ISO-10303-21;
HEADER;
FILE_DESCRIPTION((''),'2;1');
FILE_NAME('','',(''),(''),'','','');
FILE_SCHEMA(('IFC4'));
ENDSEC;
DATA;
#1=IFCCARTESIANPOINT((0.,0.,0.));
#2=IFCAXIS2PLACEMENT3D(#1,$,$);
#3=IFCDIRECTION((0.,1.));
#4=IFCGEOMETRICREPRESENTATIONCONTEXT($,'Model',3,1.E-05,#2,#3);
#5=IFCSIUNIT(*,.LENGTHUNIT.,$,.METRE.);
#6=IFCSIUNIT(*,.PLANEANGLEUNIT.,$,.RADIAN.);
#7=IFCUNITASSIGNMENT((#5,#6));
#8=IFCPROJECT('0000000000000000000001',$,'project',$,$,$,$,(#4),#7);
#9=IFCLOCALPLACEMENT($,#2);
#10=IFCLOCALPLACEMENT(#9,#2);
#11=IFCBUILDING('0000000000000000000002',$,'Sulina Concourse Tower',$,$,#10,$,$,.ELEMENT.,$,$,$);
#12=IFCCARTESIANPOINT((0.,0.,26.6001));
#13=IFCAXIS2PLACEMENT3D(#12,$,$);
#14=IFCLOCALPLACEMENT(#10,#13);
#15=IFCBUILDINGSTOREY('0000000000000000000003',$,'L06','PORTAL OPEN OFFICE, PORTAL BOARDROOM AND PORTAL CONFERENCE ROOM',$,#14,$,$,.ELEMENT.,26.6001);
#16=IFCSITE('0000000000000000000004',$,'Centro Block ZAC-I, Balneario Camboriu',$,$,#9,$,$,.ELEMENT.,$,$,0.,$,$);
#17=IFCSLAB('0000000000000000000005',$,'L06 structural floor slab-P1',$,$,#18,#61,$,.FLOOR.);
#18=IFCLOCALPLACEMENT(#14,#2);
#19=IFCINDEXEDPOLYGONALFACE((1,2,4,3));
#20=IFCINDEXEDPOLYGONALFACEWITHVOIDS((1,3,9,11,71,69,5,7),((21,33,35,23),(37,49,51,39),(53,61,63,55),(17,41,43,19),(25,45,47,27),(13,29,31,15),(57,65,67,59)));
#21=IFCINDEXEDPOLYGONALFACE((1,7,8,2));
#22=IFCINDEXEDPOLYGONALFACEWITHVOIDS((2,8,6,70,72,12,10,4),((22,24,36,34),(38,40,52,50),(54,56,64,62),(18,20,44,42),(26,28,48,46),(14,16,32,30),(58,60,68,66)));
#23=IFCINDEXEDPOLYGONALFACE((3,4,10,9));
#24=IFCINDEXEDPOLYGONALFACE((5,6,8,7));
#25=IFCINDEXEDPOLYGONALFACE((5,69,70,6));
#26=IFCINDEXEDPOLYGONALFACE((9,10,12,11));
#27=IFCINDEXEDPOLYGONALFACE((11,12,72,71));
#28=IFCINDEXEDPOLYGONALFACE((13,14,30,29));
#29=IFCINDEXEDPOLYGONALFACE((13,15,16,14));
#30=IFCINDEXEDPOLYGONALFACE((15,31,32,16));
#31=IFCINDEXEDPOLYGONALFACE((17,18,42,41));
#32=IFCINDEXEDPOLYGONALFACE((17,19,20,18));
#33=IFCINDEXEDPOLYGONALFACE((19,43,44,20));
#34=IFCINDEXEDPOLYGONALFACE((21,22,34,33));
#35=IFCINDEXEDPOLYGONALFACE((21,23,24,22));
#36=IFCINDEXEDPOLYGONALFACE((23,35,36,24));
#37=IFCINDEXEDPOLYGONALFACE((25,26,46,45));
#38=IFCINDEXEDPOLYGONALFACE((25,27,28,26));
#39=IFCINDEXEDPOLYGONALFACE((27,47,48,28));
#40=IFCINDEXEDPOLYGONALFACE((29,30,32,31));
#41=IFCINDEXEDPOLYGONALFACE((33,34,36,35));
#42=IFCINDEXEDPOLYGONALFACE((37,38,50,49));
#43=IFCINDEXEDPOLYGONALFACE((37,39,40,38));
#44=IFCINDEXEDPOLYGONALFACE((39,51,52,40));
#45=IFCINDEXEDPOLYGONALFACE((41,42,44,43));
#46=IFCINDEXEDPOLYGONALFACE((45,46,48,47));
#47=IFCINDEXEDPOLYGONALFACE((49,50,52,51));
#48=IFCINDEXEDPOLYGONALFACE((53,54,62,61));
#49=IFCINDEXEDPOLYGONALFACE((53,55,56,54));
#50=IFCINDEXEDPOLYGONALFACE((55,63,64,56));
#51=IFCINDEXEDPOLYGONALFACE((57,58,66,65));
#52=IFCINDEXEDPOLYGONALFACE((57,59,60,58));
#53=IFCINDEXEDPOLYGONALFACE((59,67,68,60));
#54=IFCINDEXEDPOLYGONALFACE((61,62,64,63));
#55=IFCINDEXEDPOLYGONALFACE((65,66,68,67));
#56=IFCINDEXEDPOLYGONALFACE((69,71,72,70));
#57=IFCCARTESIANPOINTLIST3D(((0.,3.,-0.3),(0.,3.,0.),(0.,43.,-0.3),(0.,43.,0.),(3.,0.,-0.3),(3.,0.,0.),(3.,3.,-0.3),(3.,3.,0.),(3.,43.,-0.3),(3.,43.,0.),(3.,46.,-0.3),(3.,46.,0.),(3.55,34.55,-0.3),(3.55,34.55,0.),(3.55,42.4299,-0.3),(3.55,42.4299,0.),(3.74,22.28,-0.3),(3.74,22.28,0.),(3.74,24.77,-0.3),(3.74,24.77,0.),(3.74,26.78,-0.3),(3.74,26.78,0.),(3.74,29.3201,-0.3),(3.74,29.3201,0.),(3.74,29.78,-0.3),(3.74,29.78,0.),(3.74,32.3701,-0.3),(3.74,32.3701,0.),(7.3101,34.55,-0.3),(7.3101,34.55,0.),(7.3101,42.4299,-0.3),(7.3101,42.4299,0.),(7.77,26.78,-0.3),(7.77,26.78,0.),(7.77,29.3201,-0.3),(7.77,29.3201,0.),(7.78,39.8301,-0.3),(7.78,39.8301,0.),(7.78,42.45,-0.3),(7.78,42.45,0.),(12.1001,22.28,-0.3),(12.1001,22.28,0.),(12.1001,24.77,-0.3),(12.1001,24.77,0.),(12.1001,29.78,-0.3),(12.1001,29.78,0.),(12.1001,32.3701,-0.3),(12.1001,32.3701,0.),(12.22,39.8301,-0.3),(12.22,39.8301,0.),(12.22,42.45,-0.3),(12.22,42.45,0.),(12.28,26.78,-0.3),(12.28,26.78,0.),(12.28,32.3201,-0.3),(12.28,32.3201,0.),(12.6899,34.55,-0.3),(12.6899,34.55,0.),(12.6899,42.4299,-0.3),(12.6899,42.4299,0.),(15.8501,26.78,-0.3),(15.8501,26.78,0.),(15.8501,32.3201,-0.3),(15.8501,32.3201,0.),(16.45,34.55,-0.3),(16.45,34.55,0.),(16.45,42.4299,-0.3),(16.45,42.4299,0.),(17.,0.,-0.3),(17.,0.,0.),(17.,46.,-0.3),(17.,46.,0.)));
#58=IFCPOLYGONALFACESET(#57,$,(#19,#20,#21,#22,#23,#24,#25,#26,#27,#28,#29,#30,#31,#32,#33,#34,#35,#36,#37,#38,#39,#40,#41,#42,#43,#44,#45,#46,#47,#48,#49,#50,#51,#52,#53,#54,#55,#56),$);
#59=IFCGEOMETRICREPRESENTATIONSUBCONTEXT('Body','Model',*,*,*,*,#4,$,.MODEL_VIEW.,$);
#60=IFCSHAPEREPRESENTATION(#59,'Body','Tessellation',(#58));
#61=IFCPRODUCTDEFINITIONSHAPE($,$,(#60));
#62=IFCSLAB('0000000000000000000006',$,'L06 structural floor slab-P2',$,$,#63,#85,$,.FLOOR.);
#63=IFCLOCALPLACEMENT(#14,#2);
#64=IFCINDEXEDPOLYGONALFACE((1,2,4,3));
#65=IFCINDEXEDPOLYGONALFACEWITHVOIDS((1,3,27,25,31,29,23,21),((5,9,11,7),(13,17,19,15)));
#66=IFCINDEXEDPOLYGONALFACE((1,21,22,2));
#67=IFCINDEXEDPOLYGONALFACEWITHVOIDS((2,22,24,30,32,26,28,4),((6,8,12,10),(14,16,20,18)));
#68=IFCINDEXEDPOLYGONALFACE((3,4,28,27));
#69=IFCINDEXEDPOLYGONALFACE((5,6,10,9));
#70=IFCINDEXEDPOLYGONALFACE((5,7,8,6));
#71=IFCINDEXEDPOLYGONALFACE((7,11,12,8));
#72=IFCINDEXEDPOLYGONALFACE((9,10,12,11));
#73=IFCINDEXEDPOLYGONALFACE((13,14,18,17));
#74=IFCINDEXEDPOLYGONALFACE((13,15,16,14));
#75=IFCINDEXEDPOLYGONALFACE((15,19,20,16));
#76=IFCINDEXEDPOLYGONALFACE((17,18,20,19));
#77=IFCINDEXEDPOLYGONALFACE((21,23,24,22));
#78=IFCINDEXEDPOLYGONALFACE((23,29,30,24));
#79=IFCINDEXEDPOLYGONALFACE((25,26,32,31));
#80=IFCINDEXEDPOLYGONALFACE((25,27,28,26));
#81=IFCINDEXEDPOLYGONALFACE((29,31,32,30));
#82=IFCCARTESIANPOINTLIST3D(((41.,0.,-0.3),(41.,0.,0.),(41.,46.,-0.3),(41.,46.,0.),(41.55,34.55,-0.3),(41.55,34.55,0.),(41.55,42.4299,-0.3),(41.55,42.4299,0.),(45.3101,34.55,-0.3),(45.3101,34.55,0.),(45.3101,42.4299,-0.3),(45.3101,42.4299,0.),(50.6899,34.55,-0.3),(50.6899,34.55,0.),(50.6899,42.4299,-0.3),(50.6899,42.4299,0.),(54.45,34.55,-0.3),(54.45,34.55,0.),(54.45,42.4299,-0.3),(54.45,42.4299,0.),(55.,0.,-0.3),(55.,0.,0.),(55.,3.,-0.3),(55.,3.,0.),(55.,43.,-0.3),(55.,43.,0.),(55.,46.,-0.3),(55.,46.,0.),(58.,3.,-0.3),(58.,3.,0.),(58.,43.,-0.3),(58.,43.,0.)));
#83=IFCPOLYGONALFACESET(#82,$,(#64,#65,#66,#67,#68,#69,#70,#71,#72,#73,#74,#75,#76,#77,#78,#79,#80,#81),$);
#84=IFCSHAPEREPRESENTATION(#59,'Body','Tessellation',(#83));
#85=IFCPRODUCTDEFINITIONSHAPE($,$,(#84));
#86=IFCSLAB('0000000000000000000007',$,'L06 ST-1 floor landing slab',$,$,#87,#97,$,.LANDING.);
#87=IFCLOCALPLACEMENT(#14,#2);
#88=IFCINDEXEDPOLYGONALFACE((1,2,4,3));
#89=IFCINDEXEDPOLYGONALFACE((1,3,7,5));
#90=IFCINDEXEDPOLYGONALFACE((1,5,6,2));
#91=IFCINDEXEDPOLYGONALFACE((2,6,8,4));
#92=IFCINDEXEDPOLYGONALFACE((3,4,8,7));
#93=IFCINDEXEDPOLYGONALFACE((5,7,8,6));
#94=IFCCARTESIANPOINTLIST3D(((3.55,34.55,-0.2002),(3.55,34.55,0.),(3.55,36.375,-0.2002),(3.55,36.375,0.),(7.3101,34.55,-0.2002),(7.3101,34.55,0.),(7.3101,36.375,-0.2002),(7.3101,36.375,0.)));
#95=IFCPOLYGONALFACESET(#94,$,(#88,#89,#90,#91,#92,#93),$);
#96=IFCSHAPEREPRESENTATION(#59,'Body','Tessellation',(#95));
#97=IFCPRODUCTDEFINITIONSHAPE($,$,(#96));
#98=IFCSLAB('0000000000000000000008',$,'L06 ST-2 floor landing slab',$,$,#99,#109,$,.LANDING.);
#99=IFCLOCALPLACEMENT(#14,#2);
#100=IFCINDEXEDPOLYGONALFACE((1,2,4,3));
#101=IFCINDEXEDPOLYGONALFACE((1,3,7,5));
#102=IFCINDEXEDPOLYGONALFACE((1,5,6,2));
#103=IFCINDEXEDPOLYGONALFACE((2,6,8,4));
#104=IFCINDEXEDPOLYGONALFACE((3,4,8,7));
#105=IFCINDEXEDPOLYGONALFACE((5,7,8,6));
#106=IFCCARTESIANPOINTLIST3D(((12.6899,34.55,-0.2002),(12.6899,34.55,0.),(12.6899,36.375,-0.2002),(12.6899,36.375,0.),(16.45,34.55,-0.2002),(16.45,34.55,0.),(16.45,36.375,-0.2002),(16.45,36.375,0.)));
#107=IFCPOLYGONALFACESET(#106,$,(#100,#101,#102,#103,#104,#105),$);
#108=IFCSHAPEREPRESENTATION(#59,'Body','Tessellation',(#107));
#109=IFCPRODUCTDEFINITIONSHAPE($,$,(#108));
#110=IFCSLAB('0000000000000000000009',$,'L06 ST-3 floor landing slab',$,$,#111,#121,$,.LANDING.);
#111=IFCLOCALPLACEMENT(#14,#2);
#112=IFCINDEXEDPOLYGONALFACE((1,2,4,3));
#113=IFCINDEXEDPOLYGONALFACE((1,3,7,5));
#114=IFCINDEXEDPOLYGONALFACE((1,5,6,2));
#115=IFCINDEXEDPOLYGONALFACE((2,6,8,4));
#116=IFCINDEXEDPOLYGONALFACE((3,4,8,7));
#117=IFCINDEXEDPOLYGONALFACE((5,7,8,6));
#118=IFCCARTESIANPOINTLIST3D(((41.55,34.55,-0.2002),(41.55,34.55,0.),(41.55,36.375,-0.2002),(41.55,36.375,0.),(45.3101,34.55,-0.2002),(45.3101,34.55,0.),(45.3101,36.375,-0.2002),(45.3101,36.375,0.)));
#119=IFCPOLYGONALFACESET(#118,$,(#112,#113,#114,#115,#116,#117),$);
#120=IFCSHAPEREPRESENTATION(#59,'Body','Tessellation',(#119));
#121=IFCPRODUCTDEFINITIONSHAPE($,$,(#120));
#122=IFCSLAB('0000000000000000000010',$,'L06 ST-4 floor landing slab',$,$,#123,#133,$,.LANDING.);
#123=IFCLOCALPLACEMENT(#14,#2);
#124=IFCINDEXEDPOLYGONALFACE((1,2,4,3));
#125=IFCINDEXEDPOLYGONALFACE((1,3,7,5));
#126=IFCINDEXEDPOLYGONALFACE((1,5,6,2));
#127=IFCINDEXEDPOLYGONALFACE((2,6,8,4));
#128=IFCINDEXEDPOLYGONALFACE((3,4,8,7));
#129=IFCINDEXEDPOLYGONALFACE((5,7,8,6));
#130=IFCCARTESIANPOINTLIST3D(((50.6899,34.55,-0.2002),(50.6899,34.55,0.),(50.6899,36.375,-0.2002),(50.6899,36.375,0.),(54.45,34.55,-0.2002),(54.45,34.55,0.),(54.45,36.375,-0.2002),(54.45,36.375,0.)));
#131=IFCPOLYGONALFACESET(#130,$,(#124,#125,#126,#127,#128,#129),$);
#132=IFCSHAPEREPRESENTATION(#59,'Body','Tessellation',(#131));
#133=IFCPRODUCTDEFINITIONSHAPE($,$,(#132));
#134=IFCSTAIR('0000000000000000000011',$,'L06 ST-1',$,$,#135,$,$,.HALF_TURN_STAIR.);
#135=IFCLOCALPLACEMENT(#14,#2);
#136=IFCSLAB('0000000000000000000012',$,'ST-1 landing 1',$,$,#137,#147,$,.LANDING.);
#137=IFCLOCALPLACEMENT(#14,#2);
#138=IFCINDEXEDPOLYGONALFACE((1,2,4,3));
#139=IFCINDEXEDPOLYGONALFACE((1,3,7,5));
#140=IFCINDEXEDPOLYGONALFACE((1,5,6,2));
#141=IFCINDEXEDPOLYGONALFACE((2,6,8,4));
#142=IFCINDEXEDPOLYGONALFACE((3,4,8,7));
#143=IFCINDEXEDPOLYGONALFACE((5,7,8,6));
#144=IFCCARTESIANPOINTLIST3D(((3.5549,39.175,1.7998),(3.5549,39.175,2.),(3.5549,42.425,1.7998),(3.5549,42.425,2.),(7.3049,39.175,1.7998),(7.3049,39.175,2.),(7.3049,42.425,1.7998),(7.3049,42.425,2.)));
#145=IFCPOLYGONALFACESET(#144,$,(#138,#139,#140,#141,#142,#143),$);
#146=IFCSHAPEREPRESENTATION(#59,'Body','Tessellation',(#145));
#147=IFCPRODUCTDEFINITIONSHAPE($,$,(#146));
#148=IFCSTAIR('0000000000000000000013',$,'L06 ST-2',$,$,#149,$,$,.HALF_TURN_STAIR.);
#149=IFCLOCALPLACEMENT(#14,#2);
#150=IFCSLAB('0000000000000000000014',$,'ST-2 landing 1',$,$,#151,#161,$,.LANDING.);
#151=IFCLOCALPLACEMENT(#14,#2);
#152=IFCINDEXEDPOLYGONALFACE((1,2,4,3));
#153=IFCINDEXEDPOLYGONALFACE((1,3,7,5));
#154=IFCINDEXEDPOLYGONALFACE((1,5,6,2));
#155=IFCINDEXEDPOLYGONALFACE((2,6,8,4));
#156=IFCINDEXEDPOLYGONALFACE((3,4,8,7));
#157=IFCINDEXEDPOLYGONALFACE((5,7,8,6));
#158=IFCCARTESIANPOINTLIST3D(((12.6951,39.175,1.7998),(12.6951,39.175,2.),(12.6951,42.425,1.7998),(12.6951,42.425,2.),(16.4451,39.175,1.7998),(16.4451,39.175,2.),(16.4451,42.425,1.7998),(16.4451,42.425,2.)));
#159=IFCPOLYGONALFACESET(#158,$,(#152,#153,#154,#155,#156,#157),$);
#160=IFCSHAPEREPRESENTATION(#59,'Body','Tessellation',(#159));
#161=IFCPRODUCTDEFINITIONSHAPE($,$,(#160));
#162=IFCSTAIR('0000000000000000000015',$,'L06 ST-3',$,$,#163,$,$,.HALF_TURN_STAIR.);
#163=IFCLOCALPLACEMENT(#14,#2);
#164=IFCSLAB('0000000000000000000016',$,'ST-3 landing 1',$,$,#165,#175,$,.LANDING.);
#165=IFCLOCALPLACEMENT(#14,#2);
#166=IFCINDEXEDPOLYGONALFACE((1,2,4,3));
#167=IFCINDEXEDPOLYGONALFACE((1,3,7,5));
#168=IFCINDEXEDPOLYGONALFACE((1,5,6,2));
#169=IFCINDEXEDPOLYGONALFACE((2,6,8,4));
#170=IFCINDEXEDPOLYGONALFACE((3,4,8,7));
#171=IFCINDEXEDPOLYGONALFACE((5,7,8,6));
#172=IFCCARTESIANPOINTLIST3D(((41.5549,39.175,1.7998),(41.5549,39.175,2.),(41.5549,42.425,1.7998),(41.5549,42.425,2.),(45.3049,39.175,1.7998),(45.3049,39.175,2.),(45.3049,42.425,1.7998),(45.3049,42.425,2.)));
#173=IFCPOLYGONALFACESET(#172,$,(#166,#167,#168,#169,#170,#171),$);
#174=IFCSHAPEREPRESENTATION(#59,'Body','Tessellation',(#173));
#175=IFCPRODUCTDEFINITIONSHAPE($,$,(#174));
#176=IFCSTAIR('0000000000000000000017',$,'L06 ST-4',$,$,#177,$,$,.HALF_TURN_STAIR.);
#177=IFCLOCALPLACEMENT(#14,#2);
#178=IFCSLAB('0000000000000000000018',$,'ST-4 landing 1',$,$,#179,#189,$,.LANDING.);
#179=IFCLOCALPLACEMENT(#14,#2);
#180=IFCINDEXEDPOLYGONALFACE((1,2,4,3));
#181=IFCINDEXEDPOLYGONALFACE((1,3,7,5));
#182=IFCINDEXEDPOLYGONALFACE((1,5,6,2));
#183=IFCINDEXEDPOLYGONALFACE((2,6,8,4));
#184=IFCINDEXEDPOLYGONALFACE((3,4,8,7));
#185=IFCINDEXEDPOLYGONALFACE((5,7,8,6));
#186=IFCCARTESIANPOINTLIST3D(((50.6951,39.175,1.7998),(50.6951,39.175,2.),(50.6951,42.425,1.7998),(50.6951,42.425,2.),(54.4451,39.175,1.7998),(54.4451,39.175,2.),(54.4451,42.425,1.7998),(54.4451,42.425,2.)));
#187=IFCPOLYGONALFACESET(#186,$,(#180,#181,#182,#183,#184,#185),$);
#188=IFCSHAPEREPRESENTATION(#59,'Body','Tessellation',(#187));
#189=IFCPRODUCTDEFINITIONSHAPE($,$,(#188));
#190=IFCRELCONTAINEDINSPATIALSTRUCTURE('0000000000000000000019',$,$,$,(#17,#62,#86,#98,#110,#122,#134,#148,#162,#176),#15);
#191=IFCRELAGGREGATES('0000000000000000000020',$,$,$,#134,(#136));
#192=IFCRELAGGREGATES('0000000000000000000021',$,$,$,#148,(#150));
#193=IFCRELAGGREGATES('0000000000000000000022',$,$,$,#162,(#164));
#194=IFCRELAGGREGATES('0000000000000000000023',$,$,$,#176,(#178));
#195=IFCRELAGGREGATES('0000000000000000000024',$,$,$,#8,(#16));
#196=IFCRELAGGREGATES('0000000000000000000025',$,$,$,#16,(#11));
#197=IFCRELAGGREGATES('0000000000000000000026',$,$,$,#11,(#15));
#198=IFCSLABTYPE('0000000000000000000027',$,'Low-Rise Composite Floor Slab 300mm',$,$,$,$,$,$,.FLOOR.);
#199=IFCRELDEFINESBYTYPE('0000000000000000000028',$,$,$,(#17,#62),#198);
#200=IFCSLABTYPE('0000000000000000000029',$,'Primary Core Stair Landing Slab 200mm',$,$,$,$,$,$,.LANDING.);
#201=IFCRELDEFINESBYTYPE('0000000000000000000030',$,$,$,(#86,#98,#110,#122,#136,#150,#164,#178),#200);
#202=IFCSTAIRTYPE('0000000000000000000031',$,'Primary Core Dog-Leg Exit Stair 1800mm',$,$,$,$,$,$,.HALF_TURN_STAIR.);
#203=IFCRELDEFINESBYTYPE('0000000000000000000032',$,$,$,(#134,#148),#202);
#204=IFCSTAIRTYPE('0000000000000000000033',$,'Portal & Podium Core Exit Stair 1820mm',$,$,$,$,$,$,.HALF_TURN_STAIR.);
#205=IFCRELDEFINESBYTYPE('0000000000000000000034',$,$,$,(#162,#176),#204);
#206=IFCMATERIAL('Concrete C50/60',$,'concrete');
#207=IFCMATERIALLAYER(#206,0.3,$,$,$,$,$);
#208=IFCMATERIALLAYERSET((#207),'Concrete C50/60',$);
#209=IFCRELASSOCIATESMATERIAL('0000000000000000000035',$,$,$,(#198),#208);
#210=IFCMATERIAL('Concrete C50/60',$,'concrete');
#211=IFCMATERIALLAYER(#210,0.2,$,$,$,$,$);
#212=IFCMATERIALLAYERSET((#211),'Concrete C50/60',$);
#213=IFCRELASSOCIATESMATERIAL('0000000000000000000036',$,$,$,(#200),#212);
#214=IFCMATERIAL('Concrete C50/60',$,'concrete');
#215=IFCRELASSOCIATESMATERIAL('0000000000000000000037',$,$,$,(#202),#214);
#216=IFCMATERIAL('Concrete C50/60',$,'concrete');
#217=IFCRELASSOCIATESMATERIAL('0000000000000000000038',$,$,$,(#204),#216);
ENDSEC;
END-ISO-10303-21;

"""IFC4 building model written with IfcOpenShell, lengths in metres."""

from ifc_helpers import new_model, si_unit, direction, frame, origin, place, context, subcontext, project, spatial, polyline, outline, extrude, material, layer, layer_set, type_object, element, aggregate, save


model = new_model("IFC4")

# Units and contexts
model_context = context("Model", 3, precision=1e-05, world=origin(), true_north=direction((0.0, 1.0)))
body_context = subcontext(model_context, "Body", "Model", "MODEL_VIEW")
ifc_project = project(units=[si_unit("LENGTHUNIT", "METRE"), si_unit("PLANEANGLEUNIT", "RADIAN")], contexts=[model_context])

# Site, building, storey
site_placement = place(None, origin())
site = spatial("IfcSite", under=ifc_project, at=site_placement, Name="Centro Block ZAC-I, Balneario Camboriu", CompositionType="ELEMENT", RefElevation=0.0)
building_placement = place(site_placement, origin())
building = spatial("IfcBuilding", under=site, at=building_placement, Name="Sulina Concourse Tower", CompositionType="ELEMENT")
storey_placement = place(building_placement, frame((0.0, 0.0, 26.6001)))
storey = spatial("IfcBuildingStorey", under=building, at=storey_placement, Name="L06", Description="PORTAL OPEN OFFICE, PORTAL BOARDROOM AND PORTAL CONFERENCE ROOM", CompositionType="ELEMENT", Elevation=26.6001)

# Slabs
ifc_material_1 = material(Name="Concrete C50/60", Category="concrete")
ifc_layer_1 = layer(ifc_material_1, 0.3)
ifc_layer_set_1 = layer_set([ifc_layer_1], Name="Concrete C50/60")
slab_type_1 = type_object("IfcSlabType", Name="Low-Rise Composite Floor Slab 300mm", PredefinedType="FLOOR", material=ifc_layer_set_1)
slab_1_placement = place(storey_placement, frame((0.0, 0.0, -0.3)))
element("IfcSlab", 1, at=slab_1_placement, inside=storey, type_object=slab_type_1, Name="L06 structural floor slab-P1", PredefinedType="FLOOR", context=body_context, shape_type="SweptSolid", body=[
    extrude(outline(polyline([(3.0, 0.0), (17.0, 0.0), (17.0, 46.0), (3.0, 46.0), (3.0, 43.0), (0.0, 43.0), (0.0, 3.0), (3.0, 3.0), (3.0, 0.0)]), holes=[polyline([(7.3101, 34.55), (7.3101, 42.4299), (3.55, 42.4299), (3.55, 34.55), (7.3101, 34.55)]), polyline([(16.45, 34.55), (16.45, 42.4299), (12.6899, 42.4299), (12.6899, 34.55), (16.45, 34.55)]), polyline([(7.78, 39.8301), (12.22, 39.8301), (12.22, 42.45), (7.78, 42.45), (7.78, 39.8301)]), polyline([(3.74, 26.78), (7.77, 26.78), (7.77, 29.3201), (3.74, 29.3201), (3.74, 26.78)]), polyline([(3.74, 29.78), (12.1001, 29.78), (12.1001, 32.3701), (3.74, 32.3701), (3.74, 29.78)]), polyline([(3.74, 22.28), (12.1001, 22.28), (12.1001, 24.77), (3.74, 24.77), (3.74, 22.28)]), polyline([(12.28, 26.78), (15.8501, 26.78), (15.8501, 32.3201), (12.28, 32.3201), (12.28, 26.78)])]), origin(), (0.0, 0.0, 1.0), 0.3),
])
slab_2_placement = place(storey_placement, frame((0.0, 0.0, -0.3)))
element("IfcSlab", 2, at=slab_2_placement, inside=storey, type_object=slab_type_1, Name="L06 structural floor slab-P2", PredefinedType="FLOOR", context=body_context, shape_type="SweptSolid", body=[
    extrude(outline(polyline([(41.0, 0.0), (55.0, 0.0), (55.0, 3.0), (58.0, 3.0), (58.0, 43.0), (55.0, 43.0), (55.0, 46.0), (41.0, 46.0), (41.0, 0.0)]), holes=[polyline([(45.3101, 34.55), (45.3101, 42.4299), (41.55, 42.4299), (41.55, 34.55), (45.3101, 34.55)]), polyline([(54.45, 34.55), (54.45, 42.4299), (50.6899, 42.4299), (50.6899, 34.55), (54.45, 34.55)])]), origin(), (0.0, 0.0, 1.0), 0.3),
])
ifc_material_2 = material(Name="Concrete C50/60", Category="concrete")
ifc_layer_2 = layer(ifc_material_2, 0.2)
ifc_layer_set_2 = layer_set([ifc_layer_2], Name="Concrete C50/60")
slab_type_2 = type_object("IfcSlabType", Name="Primary Core Stair Landing Slab 200mm", PredefinedType="LANDING", material=ifc_layer_set_2)
slab_3_placement = place(storey_placement, frame((0.0, 0.0, -0.2002)))
element("IfcSlab", 3, at=slab_3_placement, inside=storey, type_object=slab_type_2, Name="L06 ST-1 floor landing slab", PredefinedType="LANDING", context=body_context, shape_type="SweptSolid", body=[
    extrude(outline(polyline([(7.3101, 34.55), (7.3101, 36.375), (3.55, 36.375), (3.55, 34.55), (7.3101, 34.55)])), origin(), (0.0, 0.0, 1.0), 0.2002),
])
slab_4_placement = place(storey_placement, frame((0.0, 0.0, -0.2002)))
element("IfcSlab", 4, at=slab_4_placement, inside=storey, type_object=slab_type_2, Name="L06 ST-2 floor landing slab", PredefinedType="LANDING", context=body_context, shape_type="SweptSolid", body=[
    extrude(outline(polyline([(16.45, 34.55), (16.45, 36.375), (12.6899, 36.375), (12.6899, 34.55), (16.45, 34.55)])), origin(), (0.0, 0.0, 1.0), 0.2002),
])
slab_5_placement = place(storey_placement, frame((0.0, 0.0, -0.2002)))
element("IfcSlab", 5, at=slab_5_placement, inside=storey, type_object=slab_type_2, Name="L06 ST-3 floor landing slab", PredefinedType="LANDING", context=body_context, shape_type="SweptSolid", body=[
    extrude(outline(polyline([(45.3101, 34.55), (45.3101, 36.375), (41.55, 36.375), (41.55, 34.55), (45.3101, 34.55)])), origin(), (0.0, 0.0, 1.0), 0.2002),
])
slab_6_placement = place(storey_placement, frame((0.0, 0.0, -0.2002)))
element("IfcSlab", 6, at=slab_6_placement, inside=storey, type_object=slab_type_2, Name="L06 ST-4 floor landing slab", PredefinedType="LANDING", context=body_context, shape_type="SweptSolid", body=[
    extrude(outline(polyline([(54.45, 34.55), (54.45, 36.375), (50.6899, 36.375), (50.6899, 34.55), (54.45, 34.55)])), origin(), (0.0, 0.0, 1.0), 0.2002),
])

# Stairs, slabs
ifc_material_3 = material(Name="Concrete C50/60", Category="concrete")
stair_type_1 = type_object("IfcStairType", Name="Primary Core Dog-Leg Exit Stair 1800mm", PredefinedType="HALF_TURN_STAIR", material=ifc_material_3)
stair_1_placement = place(storey_placement, origin())
stair_1 = element("IfcStair", 7, at=stair_1_placement, inside=storey, type_object=stair_type_1, Name="L06 ST-1", PredefinedType="HALF_TURN_STAIR")
slab_7_placement = place(storey_placement, frame((0.0, 0.0, 1.7998)))
slab_7 = element("IfcSlab", 8, at=slab_7_placement, type_object=slab_type_2, Name="ST-1 landing 1", PredefinedType="LANDING", context=body_context, shape_type="SweptSolid", body=[
    extrude(outline(polyline([(7.3049, 39.175), (7.3049, 42.425), (3.5549, 42.425), (3.5549, 39.175), (7.3049, 39.175)])), origin(), (0.0, 0.0, 1.0), 0.2002),
])
aggregate(stair_1, [slab_7])
stair_2_placement = place(storey_placement, origin())
stair_2 = element("IfcStair", 9, at=stair_2_placement, inside=storey, type_object=stair_type_1, Name="L06 ST-2", PredefinedType="HALF_TURN_STAIR")
slab_8_placement = place(storey_placement, frame((0.0, 0.0, 1.7998)))
slab_8 = element("IfcSlab", 10, at=slab_8_placement, type_object=slab_type_2, Name="ST-2 landing 1", PredefinedType="LANDING", context=body_context, shape_type="SweptSolid", body=[
    extrude(outline(polyline([(16.4451, 39.175), (16.4451, 42.425), (12.6951, 42.425), (12.6951, 39.175), (16.4451, 39.175)])), origin(), (0.0, 0.0, 1.0), 0.2002),
])
aggregate(stair_2, [slab_8])
ifc_material_4 = material(Name="Concrete C50/60", Category="concrete")
stair_type_2 = type_object("IfcStairType", Name="Portal & Podium Core Exit Stair 1820mm", PredefinedType="HALF_TURN_STAIR", material=ifc_material_4)
stair_3_placement = place(storey_placement, origin())
stair_3 = element("IfcStair", 11, at=stair_3_placement, inside=storey, type_object=stair_type_2, Name="L06 ST-3", PredefinedType="HALF_TURN_STAIR")
slab_9_placement = place(storey_placement, frame((0.0, 0.0, 1.7998)))
slab_9 = element("IfcSlab", 12, at=slab_9_placement, type_object=slab_type_2, Name="ST-3 landing 1", PredefinedType="LANDING", context=body_context, shape_type="SweptSolid", body=[
    extrude(outline(polyline([(45.3049, 39.175), (45.3049, 42.425), (41.5549, 42.425), (41.5549, 39.175), (45.3049, 39.175)])), origin(), (0.0, 0.0, 1.0), 0.2002),
])
aggregate(stair_3, [slab_9])
stair_4_placement = place(storey_placement, origin())
stair_4 = element("IfcStair", 13, at=stair_4_placement, inside=storey, type_object=stair_type_2, Name="L06 ST-4", PredefinedType="HALF_TURN_STAIR")
slab_10_placement = place(storey_placement, frame((0.0, 0.0, 1.7998)))
slab_10 = element("IfcSlab", 14, at=slab_10_placement, type_object=slab_type_2, Name="ST-4 landing 1", PredefinedType="LANDING", context=body_context, shape_type="SweptSolid", body=[
    extrude(outline(polyline([(54.4451, 39.175), (54.4451, 42.425), (50.6951, 42.425), (50.6951, 39.175), (54.4451, 39.175)])), origin(), (0.0, 0.0, 1.0), 0.2002),
])
aggregate(stair_4, [slab_10])

save(model, "model.ifc")
